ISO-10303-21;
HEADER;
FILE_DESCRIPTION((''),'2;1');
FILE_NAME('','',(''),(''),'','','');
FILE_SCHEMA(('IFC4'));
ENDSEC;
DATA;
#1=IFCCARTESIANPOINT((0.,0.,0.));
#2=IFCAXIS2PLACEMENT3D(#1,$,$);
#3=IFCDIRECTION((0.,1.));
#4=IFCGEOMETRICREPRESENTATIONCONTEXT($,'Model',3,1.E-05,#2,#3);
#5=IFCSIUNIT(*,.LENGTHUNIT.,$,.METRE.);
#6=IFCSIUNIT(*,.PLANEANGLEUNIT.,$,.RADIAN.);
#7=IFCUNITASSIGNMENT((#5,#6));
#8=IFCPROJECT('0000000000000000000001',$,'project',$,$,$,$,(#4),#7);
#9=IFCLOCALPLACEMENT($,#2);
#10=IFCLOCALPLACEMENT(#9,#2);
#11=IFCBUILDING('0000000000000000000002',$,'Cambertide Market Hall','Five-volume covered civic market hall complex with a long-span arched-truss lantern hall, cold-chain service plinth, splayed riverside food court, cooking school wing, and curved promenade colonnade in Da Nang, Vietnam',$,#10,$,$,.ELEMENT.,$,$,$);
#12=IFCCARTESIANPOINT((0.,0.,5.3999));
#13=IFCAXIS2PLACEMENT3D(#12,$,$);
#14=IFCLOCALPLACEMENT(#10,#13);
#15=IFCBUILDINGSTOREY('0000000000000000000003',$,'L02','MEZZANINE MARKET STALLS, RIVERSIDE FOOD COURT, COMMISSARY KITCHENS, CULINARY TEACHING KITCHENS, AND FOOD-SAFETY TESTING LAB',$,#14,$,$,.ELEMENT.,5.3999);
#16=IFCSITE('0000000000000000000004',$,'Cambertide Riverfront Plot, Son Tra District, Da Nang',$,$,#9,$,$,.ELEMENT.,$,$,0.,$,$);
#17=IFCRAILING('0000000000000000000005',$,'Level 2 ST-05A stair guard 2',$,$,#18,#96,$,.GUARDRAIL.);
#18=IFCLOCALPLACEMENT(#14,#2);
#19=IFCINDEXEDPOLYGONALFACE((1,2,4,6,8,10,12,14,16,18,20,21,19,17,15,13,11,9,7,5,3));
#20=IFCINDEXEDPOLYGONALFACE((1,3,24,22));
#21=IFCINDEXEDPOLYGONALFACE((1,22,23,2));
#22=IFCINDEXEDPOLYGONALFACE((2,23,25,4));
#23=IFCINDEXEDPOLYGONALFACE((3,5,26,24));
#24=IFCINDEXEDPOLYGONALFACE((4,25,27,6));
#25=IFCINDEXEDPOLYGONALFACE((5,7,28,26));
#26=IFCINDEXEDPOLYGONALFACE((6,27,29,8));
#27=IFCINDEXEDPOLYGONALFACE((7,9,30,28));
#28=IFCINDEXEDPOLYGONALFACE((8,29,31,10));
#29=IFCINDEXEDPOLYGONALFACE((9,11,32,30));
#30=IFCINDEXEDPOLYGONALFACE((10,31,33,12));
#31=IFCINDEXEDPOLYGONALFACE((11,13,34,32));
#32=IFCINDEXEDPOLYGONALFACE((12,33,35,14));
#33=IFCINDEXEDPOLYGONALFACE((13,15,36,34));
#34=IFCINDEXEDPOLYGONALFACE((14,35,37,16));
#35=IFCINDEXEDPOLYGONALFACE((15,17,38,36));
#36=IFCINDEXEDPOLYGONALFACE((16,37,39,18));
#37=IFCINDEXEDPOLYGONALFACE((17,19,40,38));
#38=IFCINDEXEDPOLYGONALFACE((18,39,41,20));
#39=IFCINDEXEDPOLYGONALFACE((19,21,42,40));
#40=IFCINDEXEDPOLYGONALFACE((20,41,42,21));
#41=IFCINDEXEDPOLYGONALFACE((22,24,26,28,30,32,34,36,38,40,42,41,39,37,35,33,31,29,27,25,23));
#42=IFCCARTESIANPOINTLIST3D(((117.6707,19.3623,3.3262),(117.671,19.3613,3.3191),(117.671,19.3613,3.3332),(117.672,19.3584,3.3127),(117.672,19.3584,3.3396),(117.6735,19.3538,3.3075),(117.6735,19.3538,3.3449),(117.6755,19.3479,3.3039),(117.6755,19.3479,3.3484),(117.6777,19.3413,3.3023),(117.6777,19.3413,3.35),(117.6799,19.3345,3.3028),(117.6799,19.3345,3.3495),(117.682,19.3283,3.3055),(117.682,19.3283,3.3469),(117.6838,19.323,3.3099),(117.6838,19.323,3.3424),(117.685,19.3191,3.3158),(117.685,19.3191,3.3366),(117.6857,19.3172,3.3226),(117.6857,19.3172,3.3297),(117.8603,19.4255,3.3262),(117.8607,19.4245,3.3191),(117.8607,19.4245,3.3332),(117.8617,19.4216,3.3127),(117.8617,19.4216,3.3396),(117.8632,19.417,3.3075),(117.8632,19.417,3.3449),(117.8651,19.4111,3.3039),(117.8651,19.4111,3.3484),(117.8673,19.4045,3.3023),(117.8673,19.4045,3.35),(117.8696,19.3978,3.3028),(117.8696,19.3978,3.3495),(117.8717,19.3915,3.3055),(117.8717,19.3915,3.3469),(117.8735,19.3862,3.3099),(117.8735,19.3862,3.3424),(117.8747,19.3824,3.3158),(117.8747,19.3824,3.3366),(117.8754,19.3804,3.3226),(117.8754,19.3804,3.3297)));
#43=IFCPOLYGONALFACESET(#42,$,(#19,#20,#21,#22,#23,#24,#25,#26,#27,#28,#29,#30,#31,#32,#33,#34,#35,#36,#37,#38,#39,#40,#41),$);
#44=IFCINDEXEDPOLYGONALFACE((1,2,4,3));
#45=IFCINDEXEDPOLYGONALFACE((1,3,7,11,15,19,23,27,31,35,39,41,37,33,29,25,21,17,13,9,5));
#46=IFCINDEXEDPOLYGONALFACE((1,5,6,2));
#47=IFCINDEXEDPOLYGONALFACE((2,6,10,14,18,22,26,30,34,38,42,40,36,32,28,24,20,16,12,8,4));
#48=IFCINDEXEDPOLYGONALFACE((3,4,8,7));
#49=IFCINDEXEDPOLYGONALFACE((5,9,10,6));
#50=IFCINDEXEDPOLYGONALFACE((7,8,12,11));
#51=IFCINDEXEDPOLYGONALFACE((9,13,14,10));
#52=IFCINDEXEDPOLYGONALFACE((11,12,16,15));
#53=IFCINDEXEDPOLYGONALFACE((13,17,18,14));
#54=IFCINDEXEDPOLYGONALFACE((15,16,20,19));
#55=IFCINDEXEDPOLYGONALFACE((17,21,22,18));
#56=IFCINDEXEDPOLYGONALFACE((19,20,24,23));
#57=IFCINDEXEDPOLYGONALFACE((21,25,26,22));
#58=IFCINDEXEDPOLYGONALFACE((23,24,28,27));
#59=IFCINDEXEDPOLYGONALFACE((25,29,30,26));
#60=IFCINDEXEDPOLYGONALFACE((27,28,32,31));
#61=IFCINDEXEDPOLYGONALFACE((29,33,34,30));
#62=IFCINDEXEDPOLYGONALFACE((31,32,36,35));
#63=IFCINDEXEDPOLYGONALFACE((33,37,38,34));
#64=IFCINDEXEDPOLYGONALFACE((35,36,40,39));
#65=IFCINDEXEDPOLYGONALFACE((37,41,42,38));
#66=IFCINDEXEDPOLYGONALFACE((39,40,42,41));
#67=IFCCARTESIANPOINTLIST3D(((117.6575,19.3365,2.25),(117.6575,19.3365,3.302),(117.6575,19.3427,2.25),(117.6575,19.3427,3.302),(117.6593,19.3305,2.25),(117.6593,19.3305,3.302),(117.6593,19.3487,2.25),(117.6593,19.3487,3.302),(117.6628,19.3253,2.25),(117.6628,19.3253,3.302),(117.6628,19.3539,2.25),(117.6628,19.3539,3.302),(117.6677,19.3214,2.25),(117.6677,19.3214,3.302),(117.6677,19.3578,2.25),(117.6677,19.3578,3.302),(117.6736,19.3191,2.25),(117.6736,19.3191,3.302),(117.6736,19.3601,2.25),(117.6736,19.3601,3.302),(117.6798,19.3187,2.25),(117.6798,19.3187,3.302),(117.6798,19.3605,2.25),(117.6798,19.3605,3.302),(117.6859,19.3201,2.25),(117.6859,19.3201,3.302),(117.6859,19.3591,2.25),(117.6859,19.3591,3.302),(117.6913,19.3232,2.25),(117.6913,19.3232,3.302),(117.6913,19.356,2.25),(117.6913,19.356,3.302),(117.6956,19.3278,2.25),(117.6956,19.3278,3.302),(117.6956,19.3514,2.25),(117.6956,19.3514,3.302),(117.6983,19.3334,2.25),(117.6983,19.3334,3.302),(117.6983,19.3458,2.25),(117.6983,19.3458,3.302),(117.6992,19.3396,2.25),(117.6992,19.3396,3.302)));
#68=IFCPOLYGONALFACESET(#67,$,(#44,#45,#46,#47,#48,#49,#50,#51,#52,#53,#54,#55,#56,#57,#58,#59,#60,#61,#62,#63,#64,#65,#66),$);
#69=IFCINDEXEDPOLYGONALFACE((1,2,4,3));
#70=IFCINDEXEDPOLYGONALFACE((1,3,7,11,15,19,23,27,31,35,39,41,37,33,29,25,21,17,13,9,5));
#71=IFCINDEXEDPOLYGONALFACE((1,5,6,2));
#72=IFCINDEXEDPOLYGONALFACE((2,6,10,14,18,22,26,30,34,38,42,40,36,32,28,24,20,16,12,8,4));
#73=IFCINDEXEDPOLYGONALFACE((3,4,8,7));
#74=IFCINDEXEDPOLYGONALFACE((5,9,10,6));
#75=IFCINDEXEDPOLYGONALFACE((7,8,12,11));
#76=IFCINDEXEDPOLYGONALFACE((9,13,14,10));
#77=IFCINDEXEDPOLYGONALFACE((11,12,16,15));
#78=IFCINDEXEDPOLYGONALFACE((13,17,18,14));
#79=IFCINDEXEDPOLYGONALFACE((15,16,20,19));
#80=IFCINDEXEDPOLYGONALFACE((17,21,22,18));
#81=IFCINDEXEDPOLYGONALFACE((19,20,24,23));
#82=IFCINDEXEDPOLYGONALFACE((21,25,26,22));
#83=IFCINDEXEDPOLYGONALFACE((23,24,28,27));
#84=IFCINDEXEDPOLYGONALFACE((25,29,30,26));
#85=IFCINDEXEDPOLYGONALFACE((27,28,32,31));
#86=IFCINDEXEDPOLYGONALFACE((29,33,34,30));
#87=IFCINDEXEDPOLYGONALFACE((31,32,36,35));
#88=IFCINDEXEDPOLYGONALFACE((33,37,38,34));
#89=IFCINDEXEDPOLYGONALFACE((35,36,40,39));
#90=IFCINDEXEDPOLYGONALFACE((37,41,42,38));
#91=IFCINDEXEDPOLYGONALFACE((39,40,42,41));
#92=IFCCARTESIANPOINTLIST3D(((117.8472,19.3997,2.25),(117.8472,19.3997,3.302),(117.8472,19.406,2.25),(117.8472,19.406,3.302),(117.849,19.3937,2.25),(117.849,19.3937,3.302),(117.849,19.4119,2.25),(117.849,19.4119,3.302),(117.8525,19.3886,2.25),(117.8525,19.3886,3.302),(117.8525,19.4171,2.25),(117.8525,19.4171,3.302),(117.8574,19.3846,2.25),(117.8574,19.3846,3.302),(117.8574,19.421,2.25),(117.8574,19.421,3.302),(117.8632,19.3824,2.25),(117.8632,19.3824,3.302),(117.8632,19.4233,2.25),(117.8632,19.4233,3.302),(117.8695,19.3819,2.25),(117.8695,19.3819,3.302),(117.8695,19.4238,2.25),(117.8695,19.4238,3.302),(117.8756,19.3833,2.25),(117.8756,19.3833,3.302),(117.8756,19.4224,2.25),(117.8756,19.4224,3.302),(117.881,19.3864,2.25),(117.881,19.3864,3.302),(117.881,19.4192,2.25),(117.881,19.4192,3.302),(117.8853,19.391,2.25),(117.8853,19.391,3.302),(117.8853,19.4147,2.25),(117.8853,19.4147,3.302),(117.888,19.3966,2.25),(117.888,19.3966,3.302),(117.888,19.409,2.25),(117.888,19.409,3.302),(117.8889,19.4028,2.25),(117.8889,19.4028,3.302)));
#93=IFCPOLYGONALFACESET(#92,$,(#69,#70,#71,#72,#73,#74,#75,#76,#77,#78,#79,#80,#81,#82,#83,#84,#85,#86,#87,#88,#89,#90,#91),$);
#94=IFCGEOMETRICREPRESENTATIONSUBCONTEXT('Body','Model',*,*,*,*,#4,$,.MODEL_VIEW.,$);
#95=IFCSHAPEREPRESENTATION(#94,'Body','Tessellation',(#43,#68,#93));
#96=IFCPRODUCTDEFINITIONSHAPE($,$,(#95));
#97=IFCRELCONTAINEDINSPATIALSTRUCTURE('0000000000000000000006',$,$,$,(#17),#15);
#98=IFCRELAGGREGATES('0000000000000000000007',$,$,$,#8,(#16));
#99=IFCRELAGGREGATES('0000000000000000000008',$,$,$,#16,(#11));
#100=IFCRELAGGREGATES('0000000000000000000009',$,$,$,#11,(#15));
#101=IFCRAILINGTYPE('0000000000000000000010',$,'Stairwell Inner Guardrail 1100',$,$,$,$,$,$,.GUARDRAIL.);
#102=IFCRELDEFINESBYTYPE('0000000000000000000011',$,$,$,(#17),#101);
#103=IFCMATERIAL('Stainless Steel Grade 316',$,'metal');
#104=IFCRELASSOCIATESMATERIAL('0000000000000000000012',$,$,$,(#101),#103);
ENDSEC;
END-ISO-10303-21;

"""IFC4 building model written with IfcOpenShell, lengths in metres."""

from ifc_helpers import new_model, si_unit, direction, frame, origin, origin_2d, place, context, subcontext, project, spatial, circle, extrude, material, type_object, element, save


model = new_model("IFC4")

# Units and contexts
model_context = context("Model", 3, precision=1e-05, world=origin(), true_north=direction((0.0, 1.0)))
body_context = subcontext(model_context, "Body", "Model", "MODEL_VIEW")
ifc_project = project(units=[si_unit("LENGTHUNIT", "METRE"), si_unit("PLANEANGLEUNIT", "RADIAN")], contexts=[model_context])

# Site, building, storey
site_placement = place(None, origin())
site = spatial("IfcSite", under=ifc_project, at=site_placement, Name="Cambertide Riverfront Plot, Son Tra District, Da Nang", CompositionType="ELEMENT", RefElevation=0.0)
building_placement = place(site_placement, origin())
building = spatial("IfcBuilding", under=site, at=building_placement, Name="Cambertide Market Hall", Description="Five-volume covered civic market hall complex with a long-span arched-truss lantern hall, cold-chain service plinth, splayed riverside food court, cooking school wing, and curved promenade colonnade in Da Nang, Vietnam", CompositionType="ELEMENT")
storey_placement = place(building_placement, frame((0.0, 0.0, 5.3999)))
storey = spatial("IfcBuildingStorey", under=building, at=storey_placement, Name="L02", Description="MEZZANINE MARKET STALLS, RIVERSIDE FOOD COURT, COMMISSARY KITCHENS, CULINARY TEACHING KITCHENS, AND FOOD-SAFETY TESTING LAB", CompositionType="ELEMENT", Elevation=5.3999)

# Railing
ifc_material_1 = material(Name="Stainless Steel Grade 316", Category="metal")
railing_type_1 = type_object("IfcRailingType", Name="Stairwell Inner Guardrail 1100", PredefinedType="GUARDRAIL", material=ifc_material_1)
railing_1_placement = place(storey_placement, frame((117.6782, 19.3396, 2.25)))
element("IfcRailing", 1, at=railing_1_placement, inside=storey, type_object=railing_type_1, Name="Level 2 ST-05A stair guard 2", PredefinedType="GUARDRAIL", context=body_context, shape_type="SweptSolid", body=[
    extrude(circle(Radius=0.0239, at=origin_2d()), frame((0.0, 0.0, 1.0762), z_axis=(0.948683, 0.316228, 0.0), x_axis=(-0.316228, 0.948683, 0.0)), (0.0, 0.0, 1.0), 0.2),
    extrude(circle(Radius=0.021, at=origin_2d()), origin(), (0.0, 0.0, 1.0), 1.052),
    extrude(circle(Radius=0.021, at=origin_2d()), frame((0.1897, 0.0632, 0.0)), (0.0, 0.0, 1.0), 1.052),
])

save(model, "model.ifc")
